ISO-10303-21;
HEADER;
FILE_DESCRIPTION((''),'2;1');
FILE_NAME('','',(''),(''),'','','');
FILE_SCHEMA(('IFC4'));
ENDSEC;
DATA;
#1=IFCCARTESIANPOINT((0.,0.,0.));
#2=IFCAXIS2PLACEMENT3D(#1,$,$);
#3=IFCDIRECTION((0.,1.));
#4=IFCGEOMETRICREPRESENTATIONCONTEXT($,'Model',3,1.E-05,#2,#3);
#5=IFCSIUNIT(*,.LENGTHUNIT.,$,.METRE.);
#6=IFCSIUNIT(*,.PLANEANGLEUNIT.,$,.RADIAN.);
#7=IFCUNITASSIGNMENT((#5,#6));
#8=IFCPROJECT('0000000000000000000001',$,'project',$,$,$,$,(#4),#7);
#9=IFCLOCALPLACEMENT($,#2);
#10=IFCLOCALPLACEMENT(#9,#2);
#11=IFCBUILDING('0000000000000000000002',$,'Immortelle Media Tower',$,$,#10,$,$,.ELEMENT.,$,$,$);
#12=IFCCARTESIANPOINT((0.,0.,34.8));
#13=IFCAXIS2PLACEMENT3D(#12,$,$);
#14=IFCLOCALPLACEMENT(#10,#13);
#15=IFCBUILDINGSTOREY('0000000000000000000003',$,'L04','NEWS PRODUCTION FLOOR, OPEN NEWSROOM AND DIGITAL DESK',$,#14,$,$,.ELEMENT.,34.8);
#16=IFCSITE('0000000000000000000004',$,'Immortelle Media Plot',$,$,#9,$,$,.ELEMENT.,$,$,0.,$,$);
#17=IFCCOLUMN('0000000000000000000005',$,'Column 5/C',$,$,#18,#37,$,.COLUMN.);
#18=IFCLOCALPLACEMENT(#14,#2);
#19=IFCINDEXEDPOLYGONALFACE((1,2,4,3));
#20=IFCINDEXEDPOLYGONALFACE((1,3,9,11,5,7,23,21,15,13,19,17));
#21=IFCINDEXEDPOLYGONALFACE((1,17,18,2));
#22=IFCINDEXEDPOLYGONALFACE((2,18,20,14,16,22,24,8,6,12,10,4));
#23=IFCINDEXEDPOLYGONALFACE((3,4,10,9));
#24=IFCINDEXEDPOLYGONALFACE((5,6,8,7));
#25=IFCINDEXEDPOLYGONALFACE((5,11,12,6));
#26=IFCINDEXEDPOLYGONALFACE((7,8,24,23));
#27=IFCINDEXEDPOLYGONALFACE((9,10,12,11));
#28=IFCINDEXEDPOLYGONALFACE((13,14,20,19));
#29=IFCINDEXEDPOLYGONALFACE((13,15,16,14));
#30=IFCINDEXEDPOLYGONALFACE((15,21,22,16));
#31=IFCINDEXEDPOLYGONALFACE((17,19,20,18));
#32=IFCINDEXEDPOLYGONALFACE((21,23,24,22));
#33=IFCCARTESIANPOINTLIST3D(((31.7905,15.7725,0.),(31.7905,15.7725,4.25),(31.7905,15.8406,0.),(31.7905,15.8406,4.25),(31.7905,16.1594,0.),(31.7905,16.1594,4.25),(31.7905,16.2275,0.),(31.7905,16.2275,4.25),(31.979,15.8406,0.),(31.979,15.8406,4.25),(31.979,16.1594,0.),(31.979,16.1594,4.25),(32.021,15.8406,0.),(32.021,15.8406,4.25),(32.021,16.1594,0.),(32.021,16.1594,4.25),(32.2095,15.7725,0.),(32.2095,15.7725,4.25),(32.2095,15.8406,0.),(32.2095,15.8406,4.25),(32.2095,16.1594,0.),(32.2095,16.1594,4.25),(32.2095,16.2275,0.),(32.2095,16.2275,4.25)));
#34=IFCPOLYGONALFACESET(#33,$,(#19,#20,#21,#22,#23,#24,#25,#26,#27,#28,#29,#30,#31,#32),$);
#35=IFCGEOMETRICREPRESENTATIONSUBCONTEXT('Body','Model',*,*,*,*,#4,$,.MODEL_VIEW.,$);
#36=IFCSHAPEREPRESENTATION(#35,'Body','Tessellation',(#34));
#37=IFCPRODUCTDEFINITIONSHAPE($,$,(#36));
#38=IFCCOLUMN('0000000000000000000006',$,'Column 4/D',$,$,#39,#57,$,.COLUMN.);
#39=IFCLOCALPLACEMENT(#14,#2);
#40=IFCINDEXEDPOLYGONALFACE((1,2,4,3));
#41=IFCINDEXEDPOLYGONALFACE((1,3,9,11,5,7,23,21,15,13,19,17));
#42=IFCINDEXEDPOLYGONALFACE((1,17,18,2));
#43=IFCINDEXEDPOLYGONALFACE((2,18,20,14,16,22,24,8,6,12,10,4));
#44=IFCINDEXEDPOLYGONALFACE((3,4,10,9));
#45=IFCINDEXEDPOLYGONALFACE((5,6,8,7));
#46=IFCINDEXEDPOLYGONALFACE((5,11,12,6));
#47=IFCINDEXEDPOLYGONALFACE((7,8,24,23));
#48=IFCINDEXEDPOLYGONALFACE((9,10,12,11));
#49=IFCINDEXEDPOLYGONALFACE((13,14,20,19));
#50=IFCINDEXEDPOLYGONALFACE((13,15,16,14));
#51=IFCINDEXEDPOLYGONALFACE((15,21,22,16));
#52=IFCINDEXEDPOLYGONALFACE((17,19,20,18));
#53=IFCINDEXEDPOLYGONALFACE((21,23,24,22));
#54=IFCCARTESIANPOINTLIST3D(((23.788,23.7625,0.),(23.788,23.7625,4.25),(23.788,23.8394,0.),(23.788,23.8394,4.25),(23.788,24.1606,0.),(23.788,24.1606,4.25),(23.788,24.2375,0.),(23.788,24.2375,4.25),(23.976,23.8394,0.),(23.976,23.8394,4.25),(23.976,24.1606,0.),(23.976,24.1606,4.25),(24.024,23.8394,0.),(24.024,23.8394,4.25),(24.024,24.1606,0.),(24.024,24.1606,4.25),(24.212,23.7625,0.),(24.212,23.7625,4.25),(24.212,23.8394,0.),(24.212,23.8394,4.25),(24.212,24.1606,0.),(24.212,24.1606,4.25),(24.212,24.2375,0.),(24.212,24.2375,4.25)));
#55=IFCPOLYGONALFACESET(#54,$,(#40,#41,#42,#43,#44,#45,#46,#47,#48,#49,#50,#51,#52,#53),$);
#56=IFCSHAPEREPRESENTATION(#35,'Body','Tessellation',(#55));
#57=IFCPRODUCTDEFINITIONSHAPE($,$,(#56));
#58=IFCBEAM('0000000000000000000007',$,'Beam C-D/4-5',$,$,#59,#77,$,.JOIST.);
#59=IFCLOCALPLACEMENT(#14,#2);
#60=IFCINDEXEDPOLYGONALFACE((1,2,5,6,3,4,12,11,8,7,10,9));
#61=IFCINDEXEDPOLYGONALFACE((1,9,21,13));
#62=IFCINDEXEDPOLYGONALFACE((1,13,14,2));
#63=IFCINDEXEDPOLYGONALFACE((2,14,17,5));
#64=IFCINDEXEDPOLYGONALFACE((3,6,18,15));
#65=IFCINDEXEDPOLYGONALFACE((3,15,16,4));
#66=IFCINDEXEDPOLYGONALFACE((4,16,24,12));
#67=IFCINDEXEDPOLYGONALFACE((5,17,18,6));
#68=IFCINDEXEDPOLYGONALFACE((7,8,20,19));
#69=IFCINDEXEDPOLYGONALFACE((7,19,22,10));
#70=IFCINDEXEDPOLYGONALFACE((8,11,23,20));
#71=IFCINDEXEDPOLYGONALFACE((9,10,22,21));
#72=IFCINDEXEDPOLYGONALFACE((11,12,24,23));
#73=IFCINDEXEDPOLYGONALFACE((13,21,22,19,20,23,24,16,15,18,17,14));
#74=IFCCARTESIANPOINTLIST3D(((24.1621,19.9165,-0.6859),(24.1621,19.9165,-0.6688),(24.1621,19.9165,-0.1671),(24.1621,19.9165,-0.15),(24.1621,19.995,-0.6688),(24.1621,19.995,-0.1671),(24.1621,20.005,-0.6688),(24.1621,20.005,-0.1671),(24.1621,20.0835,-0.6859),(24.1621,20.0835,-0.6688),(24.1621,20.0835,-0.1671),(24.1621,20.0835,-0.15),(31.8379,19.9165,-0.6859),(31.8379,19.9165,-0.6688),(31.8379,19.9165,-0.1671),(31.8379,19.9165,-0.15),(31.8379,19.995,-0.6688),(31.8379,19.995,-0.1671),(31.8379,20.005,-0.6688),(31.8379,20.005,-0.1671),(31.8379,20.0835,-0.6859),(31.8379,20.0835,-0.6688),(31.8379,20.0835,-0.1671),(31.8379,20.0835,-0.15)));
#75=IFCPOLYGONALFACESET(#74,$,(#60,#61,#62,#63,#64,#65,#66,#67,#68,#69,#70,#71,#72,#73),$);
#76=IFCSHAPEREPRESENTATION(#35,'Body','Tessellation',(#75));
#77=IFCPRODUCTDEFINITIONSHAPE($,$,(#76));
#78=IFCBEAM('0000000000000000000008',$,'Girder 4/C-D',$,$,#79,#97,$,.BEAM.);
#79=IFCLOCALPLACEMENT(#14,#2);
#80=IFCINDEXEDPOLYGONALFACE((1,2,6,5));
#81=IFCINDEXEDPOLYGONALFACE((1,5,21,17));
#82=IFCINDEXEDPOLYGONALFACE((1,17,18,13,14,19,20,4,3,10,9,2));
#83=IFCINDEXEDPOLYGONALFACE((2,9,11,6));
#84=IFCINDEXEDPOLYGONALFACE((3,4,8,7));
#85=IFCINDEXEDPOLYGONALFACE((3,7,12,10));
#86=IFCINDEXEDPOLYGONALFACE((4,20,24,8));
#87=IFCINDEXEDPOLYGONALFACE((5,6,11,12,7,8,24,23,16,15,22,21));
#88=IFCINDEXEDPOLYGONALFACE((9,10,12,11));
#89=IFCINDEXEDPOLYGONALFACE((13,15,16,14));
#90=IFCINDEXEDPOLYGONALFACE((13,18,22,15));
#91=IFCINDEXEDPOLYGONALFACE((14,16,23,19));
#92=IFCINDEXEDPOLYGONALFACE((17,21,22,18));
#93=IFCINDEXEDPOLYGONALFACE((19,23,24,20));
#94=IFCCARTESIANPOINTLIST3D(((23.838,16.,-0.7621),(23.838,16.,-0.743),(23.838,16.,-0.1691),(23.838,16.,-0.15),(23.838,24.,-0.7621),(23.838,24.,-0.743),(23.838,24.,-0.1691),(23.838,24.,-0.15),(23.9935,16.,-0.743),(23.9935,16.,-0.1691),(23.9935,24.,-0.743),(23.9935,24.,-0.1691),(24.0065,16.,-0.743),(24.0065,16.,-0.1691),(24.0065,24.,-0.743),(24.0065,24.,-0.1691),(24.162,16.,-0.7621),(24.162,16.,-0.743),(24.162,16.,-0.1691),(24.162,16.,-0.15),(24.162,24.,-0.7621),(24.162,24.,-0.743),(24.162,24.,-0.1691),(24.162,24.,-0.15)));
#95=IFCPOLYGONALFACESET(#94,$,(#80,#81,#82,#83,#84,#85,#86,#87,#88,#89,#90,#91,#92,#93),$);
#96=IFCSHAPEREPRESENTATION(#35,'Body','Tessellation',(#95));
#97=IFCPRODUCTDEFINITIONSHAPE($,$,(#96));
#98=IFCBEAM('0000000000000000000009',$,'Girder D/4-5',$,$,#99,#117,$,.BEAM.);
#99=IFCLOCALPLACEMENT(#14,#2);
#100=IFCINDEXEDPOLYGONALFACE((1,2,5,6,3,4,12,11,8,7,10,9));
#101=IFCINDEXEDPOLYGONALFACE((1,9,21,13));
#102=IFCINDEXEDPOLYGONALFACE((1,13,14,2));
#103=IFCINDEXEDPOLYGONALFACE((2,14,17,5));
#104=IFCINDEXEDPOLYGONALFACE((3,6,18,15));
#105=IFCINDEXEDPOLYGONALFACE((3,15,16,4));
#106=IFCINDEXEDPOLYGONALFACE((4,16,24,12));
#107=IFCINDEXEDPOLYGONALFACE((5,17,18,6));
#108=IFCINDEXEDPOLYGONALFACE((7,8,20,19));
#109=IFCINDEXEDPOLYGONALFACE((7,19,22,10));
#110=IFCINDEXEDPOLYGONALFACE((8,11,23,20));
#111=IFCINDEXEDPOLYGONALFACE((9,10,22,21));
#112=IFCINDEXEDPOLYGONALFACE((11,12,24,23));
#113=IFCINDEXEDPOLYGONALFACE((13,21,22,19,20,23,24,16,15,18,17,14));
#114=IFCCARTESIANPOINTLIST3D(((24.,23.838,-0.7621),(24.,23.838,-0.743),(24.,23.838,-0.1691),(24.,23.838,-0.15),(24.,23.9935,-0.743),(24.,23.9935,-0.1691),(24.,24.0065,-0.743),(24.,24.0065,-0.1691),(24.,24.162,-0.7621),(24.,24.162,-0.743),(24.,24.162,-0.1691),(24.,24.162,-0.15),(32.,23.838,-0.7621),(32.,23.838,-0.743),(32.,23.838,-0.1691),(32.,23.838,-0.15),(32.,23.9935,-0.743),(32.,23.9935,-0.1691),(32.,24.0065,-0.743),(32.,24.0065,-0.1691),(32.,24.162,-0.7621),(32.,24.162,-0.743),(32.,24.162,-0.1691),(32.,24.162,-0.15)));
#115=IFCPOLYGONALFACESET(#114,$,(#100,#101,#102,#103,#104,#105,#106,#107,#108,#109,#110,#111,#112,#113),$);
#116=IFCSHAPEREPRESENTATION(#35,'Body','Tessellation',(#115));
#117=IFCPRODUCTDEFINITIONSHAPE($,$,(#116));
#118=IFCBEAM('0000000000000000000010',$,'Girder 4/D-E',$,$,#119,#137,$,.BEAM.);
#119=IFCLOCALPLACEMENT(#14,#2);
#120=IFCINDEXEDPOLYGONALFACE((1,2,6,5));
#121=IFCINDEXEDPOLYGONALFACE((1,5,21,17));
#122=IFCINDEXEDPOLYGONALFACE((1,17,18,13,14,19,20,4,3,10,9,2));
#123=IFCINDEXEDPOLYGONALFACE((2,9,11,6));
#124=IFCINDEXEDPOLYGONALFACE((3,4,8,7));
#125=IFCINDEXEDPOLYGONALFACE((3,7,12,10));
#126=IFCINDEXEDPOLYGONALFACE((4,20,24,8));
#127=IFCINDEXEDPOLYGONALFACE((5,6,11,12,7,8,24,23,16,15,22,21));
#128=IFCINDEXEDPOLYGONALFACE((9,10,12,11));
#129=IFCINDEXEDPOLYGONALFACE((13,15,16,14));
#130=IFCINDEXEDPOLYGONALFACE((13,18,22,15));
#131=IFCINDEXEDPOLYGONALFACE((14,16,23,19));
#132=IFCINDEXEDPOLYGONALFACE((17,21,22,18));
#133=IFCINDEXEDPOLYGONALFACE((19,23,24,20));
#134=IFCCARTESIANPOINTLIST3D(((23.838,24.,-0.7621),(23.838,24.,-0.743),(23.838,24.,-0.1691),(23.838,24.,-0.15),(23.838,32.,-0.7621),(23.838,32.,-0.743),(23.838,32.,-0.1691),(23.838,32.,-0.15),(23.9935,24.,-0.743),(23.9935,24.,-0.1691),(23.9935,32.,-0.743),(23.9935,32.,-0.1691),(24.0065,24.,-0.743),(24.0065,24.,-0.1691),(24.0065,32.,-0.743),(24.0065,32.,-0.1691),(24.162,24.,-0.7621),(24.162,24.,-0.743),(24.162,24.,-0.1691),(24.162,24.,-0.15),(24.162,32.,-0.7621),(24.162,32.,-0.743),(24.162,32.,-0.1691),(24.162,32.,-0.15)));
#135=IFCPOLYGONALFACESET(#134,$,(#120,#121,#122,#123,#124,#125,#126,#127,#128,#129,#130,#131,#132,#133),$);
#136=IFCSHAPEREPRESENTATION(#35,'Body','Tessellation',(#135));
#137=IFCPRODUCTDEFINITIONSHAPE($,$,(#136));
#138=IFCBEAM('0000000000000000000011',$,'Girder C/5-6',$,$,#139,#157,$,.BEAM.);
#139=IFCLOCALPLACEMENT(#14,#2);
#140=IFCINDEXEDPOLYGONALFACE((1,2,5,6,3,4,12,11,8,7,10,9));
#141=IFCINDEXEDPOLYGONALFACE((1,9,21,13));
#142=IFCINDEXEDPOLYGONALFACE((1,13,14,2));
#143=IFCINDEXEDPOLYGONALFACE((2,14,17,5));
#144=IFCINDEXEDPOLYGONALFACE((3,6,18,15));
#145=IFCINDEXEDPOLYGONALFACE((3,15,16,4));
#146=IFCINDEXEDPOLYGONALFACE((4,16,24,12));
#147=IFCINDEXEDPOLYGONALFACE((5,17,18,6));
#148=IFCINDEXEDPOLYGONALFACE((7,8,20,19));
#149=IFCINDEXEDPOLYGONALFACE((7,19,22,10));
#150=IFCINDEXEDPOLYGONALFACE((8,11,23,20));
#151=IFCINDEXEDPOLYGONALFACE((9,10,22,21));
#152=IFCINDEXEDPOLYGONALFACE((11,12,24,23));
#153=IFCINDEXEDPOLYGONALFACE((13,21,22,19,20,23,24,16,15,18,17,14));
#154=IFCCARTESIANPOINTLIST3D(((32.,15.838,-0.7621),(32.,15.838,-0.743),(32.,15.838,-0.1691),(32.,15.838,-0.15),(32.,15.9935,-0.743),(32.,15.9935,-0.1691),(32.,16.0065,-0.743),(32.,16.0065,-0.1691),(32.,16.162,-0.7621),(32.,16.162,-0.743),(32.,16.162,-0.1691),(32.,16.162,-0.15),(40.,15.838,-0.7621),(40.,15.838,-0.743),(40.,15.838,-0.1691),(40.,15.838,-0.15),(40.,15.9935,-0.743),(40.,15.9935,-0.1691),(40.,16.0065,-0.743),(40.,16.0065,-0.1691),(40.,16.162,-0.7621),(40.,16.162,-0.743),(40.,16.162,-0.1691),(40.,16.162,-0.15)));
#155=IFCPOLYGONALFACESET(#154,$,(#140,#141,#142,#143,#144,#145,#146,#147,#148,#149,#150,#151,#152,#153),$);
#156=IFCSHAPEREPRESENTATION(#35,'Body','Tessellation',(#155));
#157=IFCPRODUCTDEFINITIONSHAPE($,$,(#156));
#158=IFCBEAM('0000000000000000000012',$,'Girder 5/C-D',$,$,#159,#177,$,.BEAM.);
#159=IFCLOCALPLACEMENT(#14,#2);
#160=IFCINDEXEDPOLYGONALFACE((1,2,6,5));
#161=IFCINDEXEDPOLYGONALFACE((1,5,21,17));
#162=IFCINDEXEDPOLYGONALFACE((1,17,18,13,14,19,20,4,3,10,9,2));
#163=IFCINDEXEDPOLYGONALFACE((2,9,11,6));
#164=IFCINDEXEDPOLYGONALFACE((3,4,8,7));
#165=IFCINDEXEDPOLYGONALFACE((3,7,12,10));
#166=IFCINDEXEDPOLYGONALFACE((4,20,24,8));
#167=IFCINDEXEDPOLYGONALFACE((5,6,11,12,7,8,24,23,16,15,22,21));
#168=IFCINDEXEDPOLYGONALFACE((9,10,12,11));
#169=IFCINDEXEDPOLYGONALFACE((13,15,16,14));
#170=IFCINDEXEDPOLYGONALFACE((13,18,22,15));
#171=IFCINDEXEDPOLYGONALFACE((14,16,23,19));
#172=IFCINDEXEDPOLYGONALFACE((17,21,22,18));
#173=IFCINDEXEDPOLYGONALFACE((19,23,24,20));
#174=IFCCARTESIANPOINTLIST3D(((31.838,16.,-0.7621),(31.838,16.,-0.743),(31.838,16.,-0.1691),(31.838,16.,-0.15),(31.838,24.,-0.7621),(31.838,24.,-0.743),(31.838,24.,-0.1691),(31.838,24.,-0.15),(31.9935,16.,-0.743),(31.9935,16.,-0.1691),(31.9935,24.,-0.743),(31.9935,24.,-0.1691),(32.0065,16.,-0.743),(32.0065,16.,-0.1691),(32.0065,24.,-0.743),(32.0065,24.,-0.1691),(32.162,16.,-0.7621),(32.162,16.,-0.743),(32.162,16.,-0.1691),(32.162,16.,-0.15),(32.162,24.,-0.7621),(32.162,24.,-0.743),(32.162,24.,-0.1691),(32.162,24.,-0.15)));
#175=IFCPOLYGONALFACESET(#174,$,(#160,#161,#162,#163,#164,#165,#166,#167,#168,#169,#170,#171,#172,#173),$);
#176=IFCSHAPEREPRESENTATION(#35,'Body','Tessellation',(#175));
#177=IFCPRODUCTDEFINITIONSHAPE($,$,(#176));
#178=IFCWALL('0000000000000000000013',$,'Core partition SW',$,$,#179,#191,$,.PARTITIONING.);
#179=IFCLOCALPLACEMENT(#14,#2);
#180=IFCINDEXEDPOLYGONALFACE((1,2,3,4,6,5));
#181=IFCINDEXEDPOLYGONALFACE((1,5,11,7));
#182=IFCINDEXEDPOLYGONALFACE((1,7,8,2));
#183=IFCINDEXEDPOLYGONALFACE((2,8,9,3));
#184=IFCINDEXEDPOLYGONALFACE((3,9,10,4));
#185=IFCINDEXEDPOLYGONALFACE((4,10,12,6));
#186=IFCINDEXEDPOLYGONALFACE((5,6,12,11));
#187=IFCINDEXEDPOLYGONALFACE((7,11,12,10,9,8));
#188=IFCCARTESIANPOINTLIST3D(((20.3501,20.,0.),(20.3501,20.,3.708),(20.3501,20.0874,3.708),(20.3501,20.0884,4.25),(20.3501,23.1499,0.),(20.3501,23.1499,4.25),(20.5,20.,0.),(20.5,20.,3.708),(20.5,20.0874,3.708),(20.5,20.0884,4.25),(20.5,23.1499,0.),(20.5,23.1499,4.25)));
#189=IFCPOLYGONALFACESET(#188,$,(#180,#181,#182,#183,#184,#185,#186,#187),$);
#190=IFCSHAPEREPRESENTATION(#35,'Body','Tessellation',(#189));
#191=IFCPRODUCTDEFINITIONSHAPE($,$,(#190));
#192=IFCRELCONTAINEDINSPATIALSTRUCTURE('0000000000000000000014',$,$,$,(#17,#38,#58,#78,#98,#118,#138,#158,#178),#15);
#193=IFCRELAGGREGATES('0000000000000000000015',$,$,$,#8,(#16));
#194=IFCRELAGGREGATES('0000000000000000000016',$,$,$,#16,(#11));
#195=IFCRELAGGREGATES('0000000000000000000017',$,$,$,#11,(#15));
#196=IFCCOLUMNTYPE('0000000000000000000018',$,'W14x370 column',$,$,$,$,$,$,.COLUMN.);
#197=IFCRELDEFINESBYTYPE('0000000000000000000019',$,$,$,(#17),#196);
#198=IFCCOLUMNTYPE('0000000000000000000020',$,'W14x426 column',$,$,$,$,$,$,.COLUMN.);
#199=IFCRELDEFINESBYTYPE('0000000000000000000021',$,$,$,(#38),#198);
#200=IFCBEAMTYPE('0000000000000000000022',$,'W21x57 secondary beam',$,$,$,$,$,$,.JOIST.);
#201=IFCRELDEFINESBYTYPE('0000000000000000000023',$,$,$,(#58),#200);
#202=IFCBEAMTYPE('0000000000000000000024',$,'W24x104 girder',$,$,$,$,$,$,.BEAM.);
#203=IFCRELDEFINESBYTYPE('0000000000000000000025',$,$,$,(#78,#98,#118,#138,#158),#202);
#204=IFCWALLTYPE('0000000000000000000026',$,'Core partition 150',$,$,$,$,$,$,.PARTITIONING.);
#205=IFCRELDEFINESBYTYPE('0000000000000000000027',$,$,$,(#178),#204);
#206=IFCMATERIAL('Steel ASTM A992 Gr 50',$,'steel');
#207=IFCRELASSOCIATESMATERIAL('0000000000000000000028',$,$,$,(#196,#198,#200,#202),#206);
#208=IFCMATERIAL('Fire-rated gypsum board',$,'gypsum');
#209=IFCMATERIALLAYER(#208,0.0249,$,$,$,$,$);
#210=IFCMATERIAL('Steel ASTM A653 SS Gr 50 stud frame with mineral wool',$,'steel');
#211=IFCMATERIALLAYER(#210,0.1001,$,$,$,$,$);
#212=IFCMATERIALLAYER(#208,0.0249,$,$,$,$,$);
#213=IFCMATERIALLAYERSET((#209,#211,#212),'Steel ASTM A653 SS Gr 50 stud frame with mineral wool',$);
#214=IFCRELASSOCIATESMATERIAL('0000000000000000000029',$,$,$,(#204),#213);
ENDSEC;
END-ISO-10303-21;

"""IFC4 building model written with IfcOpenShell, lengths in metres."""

from ifc_helpers import new_model, si_unit, direction, frame, origin, origin_2d, place, context, subcontext, project, spatial, polyline, i_section, outline, extrude, material, layer, layer_set, material_profile, profile_set, type_object, element, save


model = new_model("IFC4")

# Units and contexts
model_context = context("Model", 3, precision=1e-05, world=origin(), true_north=direction((0.0, 1.0)))
body_context = subcontext(model_context, "Body", "Model", "MODEL_VIEW")
ifc_project = project(units=[si_unit("LENGTHUNIT", "METRE"), si_unit("PLANEANGLEUNIT", "RADIAN")], contexts=[model_context])

# Site, building, storey
site_placement = place(None, origin())
site = spatial("IfcSite", under=ifc_project, at=site_placement, Name="Immortelle Media Plot", CompositionType="ELEMENT", RefElevation=0.0)
building_placement = place(site_placement, origin())
building = spatial("IfcBuilding", under=site, at=building_placement, Name="Immortelle Media Tower", CompositionType="ELEMENT")
storey_placement = place(building_placement, frame((0.0, 0.0, 34.8)))
storey = spatial("IfcBuildingStorey", under=building, at=storey_placement, Name="L04", Description="NEWS PRODUCTION FLOOR, OPEN NEWSROOM AND DIGITAL DESK", CompositionType="ELEMENT", Elevation=34.8)

# Columns
ifc_material_1 = material(Name="Steel ASTM A992 Gr 50", Category="steel")
ifc_material_profile_1 = material_profile(ifc_material_1, i_section(OverallWidth=0.4189, OverallDepth=0.4551, WebThickness=0.042, FlangeThickness=0.0681, at=origin_2d()), Name="W14x370")
ifc_profile_set_1 = profile_set([ifc_material_profile_1], Name="Steel ASTM A992 Gr 50")
column_type_1 = type_object("IfcColumnType", Name="W14x370 column", PredefinedType="COLUMN", material=ifc_profile_set_1)
column_1_placement = place(storey_placement, frame((32.0, 16.0, 0.0), z_axis=(0.0, 0.0, 1.0), x_axis=(1.0, 0.0, 0.0)))
element("IfcColumn", 1, at=column_1_placement, inside=storey, type_object=column_type_1, Name="Column 5/C", PredefinedType="COLUMN", context=body_context, shape_type="SweptSolid", body=[
    extrude(i_section(OverallWidth=0.4189, OverallDepth=0.4551, WebThickness=0.042, FlangeThickness=0.0681, at=origin_2d()), origin(), (0.0, 0.0, 1.0), 4.25),
])
ifc_material_profile_2 = material_profile(ifc_material_1, i_section(OverallWidth=0.4241, OverallDepth=0.4751, WebThickness=0.0481, FlangeThickness=0.0769, at=origin_2d()), Name="W14x426")
ifc_profile_set_2 = profile_set([ifc_material_profile_2], Name="Steel ASTM A992 Gr 50")
column_type_2 = type_object("IfcColumnType", Name="W14x426 column", PredefinedType="COLUMN", material=ifc_profile_set_2)
column_2_placement = place(storey_placement, frame((24.0, 24.0, 0.0), z_axis=(0.0, 0.0, 1.0), x_axis=(1.0, 0.0, 0.0)))
element("IfcColumn", 2, at=column_2_placement, inside=storey, type_object=column_type_2, Name="Column 4/D", PredefinedType="COLUMN", context=body_context, shape_type="SweptSolid", body=[
    extrude(i_section(OverallWidth=0.4241, OverallDepth=0.4751, WebThickness=0.0481, FlangeThickness=0.0769, at=origin_2d()), origin(), (0.0, 0.0, 1.0), 4.25),
])

# Beams
ifc_material_profile_3 = material_profile(ifc_material_1, i_section(OverallWidth=0.167, OverallDepth=0.5359, WebThickness=0.01, FlangeThickness=0.0171, at=origin_2d()), Name="W21x57")
ifc_profile_set_3 = profile_set([ifc_material_profile_3], Name="Steel ASTM A992 Gr 50")
beam_type_1 = type_object("IfcBeamType", Name="W21x57 secondary beam", PredefinedType="JOIST", material=ifc_profile_set_3)
beam_placement = place(storey_placement, frame((24.1621, 20.0, -0.418), z_axis=(1.0, 0.0, 0.0), x_axis=(0.0, 1.0, 0.0)))
element("IfcBeam", 3, at=beam_placement, inside=storey, type_object=beam_type_1, Name="Beam C-D/4-5", PredefinedType="JOIST", context=body_context, shape_type="SweptSolid", body=[
    extrude(i_section(OverallWidth=0.167, OverallDepth=0.5359, WebThickness=0.01, FlangeThickness=0.0171, at=origin_2d()), origin(), (0.0, 0.0, 1.0), 7.6758),
])
ifc_material_profile_4 = material_profile(ifc_material_1, i_section(OverallWidth=0.324, OverallDepth=0.6121, WebThickness=0.0129, FlangeThickness=0.019, at=origin_2d()), Name="W24x104")
ifc_profile_set_4 = profile_set([ifc_material_profile_4], Name="Steel ASTM A992 Gr 50")
beam_type_2 = type_object("IfcBeamType", Name="W24x104 girder", PredefinedType="BEAM", material=ifc_profile_set_4)
for number, where, z_axis, x_axis, name in (
    (4, (24.0, 16.0, -0.4561), (0.0, 1.0, 0.0), (-1.0, 0.0, 0.0), "Girder 4/C-D"),
    (5, (24.0, 24.0, -0.4561), (1.0, 0.0, 0.0), (0.0, 1.0, 0.0), "Girder D/4-5"),
    (6, (24.0, 24.0, -0.4561), (0.0, 1.0, 0.0), (-1.0, 0.0, 0.0), "Girder 4/D-E"),
    (7, (32.0, 16.0, -0.4561), (1.0, 0.0, 0.0), (0.0, 1.0, 0.0), "Girder C/5-6"),
    (8, (32.0, 16.0, -0.4561), (0.0, 1.0, 0.0), (-1.0, 0.0, 0.0), "Girder 5/C-D"),
):
    element("IfcBeam", number, at=place(storey_placement, frame(where, z_axis=z_axis, x_axis=x_axis)), inside=storey, type_object=beam_type_2, Name=name, PredefinedType="BEAM", context=body_context, shape_type="SweptSolid", body=[
        extrude(i_section(OverallWidth=0.324, OverallDepth=0.6121, WebThickness=0.0129, FlangeThickness=0.019, at=origin_2d()), origin(), (0.0, 0.0, 1.0), 8.0),
    ])

# Wall
ifc_material_2 = material(Name="Fire-rated gypsum board", Category="gypsum")
ifc_layer_1 = layer(ifc_material_2, 0.0249)
ifc_material_3 = material(Name="Steel ASTM A653 SS Gr 50 stud frame with mineral wool", Category="steel")
ifc_layer_2 = layer(ifc_material_3, 0.1001)
ifc_layer_3 = layer(ifc_material_2, 0.0249)
ifc_layer_set_1 = layer_set([ifc_layer_1, ifc_layer_2, ifc_layer_3], Name="Steel ASTM A653 SS Gr 50 stud frame with mineral wool")
wall_type_1 = type_object("IfcWallType", Name="Core partition 150", PredefinedType="PARTITIONING", material=ifc_layer_set_1)
wall_1_placement = place(storey_placement, frame((20.425, 20.0, 0.0), z_axis=(0.0, 0.0, 1.0), x_axis=(0.0, 1.0, 0.0)))
element("IfcWall", 9, at=wall_1_placement, inside=storey, type_object=wall_type_1, Name="Core partition SW", PredefinedType="PARTITIONING", context=body_context, shape_type="SweptSolid", body=[
    extrude(outline(polyline([(0.0, 0.0), (3.1499, 0.0), (3.1499, 4.25), (0.0884, 4.25), (0.0874, 3.708), (0.0, 3.708), (0.0, 0.0)])), frame((0.0, 0.075, 0.0), z_axis=(0.0, -1.0, 0.0), x_axis=(1.0, 0.0, 0.0)), (0.0, 0.0, 1.0), 0.1499),
])

save(model, "model.ifc")
